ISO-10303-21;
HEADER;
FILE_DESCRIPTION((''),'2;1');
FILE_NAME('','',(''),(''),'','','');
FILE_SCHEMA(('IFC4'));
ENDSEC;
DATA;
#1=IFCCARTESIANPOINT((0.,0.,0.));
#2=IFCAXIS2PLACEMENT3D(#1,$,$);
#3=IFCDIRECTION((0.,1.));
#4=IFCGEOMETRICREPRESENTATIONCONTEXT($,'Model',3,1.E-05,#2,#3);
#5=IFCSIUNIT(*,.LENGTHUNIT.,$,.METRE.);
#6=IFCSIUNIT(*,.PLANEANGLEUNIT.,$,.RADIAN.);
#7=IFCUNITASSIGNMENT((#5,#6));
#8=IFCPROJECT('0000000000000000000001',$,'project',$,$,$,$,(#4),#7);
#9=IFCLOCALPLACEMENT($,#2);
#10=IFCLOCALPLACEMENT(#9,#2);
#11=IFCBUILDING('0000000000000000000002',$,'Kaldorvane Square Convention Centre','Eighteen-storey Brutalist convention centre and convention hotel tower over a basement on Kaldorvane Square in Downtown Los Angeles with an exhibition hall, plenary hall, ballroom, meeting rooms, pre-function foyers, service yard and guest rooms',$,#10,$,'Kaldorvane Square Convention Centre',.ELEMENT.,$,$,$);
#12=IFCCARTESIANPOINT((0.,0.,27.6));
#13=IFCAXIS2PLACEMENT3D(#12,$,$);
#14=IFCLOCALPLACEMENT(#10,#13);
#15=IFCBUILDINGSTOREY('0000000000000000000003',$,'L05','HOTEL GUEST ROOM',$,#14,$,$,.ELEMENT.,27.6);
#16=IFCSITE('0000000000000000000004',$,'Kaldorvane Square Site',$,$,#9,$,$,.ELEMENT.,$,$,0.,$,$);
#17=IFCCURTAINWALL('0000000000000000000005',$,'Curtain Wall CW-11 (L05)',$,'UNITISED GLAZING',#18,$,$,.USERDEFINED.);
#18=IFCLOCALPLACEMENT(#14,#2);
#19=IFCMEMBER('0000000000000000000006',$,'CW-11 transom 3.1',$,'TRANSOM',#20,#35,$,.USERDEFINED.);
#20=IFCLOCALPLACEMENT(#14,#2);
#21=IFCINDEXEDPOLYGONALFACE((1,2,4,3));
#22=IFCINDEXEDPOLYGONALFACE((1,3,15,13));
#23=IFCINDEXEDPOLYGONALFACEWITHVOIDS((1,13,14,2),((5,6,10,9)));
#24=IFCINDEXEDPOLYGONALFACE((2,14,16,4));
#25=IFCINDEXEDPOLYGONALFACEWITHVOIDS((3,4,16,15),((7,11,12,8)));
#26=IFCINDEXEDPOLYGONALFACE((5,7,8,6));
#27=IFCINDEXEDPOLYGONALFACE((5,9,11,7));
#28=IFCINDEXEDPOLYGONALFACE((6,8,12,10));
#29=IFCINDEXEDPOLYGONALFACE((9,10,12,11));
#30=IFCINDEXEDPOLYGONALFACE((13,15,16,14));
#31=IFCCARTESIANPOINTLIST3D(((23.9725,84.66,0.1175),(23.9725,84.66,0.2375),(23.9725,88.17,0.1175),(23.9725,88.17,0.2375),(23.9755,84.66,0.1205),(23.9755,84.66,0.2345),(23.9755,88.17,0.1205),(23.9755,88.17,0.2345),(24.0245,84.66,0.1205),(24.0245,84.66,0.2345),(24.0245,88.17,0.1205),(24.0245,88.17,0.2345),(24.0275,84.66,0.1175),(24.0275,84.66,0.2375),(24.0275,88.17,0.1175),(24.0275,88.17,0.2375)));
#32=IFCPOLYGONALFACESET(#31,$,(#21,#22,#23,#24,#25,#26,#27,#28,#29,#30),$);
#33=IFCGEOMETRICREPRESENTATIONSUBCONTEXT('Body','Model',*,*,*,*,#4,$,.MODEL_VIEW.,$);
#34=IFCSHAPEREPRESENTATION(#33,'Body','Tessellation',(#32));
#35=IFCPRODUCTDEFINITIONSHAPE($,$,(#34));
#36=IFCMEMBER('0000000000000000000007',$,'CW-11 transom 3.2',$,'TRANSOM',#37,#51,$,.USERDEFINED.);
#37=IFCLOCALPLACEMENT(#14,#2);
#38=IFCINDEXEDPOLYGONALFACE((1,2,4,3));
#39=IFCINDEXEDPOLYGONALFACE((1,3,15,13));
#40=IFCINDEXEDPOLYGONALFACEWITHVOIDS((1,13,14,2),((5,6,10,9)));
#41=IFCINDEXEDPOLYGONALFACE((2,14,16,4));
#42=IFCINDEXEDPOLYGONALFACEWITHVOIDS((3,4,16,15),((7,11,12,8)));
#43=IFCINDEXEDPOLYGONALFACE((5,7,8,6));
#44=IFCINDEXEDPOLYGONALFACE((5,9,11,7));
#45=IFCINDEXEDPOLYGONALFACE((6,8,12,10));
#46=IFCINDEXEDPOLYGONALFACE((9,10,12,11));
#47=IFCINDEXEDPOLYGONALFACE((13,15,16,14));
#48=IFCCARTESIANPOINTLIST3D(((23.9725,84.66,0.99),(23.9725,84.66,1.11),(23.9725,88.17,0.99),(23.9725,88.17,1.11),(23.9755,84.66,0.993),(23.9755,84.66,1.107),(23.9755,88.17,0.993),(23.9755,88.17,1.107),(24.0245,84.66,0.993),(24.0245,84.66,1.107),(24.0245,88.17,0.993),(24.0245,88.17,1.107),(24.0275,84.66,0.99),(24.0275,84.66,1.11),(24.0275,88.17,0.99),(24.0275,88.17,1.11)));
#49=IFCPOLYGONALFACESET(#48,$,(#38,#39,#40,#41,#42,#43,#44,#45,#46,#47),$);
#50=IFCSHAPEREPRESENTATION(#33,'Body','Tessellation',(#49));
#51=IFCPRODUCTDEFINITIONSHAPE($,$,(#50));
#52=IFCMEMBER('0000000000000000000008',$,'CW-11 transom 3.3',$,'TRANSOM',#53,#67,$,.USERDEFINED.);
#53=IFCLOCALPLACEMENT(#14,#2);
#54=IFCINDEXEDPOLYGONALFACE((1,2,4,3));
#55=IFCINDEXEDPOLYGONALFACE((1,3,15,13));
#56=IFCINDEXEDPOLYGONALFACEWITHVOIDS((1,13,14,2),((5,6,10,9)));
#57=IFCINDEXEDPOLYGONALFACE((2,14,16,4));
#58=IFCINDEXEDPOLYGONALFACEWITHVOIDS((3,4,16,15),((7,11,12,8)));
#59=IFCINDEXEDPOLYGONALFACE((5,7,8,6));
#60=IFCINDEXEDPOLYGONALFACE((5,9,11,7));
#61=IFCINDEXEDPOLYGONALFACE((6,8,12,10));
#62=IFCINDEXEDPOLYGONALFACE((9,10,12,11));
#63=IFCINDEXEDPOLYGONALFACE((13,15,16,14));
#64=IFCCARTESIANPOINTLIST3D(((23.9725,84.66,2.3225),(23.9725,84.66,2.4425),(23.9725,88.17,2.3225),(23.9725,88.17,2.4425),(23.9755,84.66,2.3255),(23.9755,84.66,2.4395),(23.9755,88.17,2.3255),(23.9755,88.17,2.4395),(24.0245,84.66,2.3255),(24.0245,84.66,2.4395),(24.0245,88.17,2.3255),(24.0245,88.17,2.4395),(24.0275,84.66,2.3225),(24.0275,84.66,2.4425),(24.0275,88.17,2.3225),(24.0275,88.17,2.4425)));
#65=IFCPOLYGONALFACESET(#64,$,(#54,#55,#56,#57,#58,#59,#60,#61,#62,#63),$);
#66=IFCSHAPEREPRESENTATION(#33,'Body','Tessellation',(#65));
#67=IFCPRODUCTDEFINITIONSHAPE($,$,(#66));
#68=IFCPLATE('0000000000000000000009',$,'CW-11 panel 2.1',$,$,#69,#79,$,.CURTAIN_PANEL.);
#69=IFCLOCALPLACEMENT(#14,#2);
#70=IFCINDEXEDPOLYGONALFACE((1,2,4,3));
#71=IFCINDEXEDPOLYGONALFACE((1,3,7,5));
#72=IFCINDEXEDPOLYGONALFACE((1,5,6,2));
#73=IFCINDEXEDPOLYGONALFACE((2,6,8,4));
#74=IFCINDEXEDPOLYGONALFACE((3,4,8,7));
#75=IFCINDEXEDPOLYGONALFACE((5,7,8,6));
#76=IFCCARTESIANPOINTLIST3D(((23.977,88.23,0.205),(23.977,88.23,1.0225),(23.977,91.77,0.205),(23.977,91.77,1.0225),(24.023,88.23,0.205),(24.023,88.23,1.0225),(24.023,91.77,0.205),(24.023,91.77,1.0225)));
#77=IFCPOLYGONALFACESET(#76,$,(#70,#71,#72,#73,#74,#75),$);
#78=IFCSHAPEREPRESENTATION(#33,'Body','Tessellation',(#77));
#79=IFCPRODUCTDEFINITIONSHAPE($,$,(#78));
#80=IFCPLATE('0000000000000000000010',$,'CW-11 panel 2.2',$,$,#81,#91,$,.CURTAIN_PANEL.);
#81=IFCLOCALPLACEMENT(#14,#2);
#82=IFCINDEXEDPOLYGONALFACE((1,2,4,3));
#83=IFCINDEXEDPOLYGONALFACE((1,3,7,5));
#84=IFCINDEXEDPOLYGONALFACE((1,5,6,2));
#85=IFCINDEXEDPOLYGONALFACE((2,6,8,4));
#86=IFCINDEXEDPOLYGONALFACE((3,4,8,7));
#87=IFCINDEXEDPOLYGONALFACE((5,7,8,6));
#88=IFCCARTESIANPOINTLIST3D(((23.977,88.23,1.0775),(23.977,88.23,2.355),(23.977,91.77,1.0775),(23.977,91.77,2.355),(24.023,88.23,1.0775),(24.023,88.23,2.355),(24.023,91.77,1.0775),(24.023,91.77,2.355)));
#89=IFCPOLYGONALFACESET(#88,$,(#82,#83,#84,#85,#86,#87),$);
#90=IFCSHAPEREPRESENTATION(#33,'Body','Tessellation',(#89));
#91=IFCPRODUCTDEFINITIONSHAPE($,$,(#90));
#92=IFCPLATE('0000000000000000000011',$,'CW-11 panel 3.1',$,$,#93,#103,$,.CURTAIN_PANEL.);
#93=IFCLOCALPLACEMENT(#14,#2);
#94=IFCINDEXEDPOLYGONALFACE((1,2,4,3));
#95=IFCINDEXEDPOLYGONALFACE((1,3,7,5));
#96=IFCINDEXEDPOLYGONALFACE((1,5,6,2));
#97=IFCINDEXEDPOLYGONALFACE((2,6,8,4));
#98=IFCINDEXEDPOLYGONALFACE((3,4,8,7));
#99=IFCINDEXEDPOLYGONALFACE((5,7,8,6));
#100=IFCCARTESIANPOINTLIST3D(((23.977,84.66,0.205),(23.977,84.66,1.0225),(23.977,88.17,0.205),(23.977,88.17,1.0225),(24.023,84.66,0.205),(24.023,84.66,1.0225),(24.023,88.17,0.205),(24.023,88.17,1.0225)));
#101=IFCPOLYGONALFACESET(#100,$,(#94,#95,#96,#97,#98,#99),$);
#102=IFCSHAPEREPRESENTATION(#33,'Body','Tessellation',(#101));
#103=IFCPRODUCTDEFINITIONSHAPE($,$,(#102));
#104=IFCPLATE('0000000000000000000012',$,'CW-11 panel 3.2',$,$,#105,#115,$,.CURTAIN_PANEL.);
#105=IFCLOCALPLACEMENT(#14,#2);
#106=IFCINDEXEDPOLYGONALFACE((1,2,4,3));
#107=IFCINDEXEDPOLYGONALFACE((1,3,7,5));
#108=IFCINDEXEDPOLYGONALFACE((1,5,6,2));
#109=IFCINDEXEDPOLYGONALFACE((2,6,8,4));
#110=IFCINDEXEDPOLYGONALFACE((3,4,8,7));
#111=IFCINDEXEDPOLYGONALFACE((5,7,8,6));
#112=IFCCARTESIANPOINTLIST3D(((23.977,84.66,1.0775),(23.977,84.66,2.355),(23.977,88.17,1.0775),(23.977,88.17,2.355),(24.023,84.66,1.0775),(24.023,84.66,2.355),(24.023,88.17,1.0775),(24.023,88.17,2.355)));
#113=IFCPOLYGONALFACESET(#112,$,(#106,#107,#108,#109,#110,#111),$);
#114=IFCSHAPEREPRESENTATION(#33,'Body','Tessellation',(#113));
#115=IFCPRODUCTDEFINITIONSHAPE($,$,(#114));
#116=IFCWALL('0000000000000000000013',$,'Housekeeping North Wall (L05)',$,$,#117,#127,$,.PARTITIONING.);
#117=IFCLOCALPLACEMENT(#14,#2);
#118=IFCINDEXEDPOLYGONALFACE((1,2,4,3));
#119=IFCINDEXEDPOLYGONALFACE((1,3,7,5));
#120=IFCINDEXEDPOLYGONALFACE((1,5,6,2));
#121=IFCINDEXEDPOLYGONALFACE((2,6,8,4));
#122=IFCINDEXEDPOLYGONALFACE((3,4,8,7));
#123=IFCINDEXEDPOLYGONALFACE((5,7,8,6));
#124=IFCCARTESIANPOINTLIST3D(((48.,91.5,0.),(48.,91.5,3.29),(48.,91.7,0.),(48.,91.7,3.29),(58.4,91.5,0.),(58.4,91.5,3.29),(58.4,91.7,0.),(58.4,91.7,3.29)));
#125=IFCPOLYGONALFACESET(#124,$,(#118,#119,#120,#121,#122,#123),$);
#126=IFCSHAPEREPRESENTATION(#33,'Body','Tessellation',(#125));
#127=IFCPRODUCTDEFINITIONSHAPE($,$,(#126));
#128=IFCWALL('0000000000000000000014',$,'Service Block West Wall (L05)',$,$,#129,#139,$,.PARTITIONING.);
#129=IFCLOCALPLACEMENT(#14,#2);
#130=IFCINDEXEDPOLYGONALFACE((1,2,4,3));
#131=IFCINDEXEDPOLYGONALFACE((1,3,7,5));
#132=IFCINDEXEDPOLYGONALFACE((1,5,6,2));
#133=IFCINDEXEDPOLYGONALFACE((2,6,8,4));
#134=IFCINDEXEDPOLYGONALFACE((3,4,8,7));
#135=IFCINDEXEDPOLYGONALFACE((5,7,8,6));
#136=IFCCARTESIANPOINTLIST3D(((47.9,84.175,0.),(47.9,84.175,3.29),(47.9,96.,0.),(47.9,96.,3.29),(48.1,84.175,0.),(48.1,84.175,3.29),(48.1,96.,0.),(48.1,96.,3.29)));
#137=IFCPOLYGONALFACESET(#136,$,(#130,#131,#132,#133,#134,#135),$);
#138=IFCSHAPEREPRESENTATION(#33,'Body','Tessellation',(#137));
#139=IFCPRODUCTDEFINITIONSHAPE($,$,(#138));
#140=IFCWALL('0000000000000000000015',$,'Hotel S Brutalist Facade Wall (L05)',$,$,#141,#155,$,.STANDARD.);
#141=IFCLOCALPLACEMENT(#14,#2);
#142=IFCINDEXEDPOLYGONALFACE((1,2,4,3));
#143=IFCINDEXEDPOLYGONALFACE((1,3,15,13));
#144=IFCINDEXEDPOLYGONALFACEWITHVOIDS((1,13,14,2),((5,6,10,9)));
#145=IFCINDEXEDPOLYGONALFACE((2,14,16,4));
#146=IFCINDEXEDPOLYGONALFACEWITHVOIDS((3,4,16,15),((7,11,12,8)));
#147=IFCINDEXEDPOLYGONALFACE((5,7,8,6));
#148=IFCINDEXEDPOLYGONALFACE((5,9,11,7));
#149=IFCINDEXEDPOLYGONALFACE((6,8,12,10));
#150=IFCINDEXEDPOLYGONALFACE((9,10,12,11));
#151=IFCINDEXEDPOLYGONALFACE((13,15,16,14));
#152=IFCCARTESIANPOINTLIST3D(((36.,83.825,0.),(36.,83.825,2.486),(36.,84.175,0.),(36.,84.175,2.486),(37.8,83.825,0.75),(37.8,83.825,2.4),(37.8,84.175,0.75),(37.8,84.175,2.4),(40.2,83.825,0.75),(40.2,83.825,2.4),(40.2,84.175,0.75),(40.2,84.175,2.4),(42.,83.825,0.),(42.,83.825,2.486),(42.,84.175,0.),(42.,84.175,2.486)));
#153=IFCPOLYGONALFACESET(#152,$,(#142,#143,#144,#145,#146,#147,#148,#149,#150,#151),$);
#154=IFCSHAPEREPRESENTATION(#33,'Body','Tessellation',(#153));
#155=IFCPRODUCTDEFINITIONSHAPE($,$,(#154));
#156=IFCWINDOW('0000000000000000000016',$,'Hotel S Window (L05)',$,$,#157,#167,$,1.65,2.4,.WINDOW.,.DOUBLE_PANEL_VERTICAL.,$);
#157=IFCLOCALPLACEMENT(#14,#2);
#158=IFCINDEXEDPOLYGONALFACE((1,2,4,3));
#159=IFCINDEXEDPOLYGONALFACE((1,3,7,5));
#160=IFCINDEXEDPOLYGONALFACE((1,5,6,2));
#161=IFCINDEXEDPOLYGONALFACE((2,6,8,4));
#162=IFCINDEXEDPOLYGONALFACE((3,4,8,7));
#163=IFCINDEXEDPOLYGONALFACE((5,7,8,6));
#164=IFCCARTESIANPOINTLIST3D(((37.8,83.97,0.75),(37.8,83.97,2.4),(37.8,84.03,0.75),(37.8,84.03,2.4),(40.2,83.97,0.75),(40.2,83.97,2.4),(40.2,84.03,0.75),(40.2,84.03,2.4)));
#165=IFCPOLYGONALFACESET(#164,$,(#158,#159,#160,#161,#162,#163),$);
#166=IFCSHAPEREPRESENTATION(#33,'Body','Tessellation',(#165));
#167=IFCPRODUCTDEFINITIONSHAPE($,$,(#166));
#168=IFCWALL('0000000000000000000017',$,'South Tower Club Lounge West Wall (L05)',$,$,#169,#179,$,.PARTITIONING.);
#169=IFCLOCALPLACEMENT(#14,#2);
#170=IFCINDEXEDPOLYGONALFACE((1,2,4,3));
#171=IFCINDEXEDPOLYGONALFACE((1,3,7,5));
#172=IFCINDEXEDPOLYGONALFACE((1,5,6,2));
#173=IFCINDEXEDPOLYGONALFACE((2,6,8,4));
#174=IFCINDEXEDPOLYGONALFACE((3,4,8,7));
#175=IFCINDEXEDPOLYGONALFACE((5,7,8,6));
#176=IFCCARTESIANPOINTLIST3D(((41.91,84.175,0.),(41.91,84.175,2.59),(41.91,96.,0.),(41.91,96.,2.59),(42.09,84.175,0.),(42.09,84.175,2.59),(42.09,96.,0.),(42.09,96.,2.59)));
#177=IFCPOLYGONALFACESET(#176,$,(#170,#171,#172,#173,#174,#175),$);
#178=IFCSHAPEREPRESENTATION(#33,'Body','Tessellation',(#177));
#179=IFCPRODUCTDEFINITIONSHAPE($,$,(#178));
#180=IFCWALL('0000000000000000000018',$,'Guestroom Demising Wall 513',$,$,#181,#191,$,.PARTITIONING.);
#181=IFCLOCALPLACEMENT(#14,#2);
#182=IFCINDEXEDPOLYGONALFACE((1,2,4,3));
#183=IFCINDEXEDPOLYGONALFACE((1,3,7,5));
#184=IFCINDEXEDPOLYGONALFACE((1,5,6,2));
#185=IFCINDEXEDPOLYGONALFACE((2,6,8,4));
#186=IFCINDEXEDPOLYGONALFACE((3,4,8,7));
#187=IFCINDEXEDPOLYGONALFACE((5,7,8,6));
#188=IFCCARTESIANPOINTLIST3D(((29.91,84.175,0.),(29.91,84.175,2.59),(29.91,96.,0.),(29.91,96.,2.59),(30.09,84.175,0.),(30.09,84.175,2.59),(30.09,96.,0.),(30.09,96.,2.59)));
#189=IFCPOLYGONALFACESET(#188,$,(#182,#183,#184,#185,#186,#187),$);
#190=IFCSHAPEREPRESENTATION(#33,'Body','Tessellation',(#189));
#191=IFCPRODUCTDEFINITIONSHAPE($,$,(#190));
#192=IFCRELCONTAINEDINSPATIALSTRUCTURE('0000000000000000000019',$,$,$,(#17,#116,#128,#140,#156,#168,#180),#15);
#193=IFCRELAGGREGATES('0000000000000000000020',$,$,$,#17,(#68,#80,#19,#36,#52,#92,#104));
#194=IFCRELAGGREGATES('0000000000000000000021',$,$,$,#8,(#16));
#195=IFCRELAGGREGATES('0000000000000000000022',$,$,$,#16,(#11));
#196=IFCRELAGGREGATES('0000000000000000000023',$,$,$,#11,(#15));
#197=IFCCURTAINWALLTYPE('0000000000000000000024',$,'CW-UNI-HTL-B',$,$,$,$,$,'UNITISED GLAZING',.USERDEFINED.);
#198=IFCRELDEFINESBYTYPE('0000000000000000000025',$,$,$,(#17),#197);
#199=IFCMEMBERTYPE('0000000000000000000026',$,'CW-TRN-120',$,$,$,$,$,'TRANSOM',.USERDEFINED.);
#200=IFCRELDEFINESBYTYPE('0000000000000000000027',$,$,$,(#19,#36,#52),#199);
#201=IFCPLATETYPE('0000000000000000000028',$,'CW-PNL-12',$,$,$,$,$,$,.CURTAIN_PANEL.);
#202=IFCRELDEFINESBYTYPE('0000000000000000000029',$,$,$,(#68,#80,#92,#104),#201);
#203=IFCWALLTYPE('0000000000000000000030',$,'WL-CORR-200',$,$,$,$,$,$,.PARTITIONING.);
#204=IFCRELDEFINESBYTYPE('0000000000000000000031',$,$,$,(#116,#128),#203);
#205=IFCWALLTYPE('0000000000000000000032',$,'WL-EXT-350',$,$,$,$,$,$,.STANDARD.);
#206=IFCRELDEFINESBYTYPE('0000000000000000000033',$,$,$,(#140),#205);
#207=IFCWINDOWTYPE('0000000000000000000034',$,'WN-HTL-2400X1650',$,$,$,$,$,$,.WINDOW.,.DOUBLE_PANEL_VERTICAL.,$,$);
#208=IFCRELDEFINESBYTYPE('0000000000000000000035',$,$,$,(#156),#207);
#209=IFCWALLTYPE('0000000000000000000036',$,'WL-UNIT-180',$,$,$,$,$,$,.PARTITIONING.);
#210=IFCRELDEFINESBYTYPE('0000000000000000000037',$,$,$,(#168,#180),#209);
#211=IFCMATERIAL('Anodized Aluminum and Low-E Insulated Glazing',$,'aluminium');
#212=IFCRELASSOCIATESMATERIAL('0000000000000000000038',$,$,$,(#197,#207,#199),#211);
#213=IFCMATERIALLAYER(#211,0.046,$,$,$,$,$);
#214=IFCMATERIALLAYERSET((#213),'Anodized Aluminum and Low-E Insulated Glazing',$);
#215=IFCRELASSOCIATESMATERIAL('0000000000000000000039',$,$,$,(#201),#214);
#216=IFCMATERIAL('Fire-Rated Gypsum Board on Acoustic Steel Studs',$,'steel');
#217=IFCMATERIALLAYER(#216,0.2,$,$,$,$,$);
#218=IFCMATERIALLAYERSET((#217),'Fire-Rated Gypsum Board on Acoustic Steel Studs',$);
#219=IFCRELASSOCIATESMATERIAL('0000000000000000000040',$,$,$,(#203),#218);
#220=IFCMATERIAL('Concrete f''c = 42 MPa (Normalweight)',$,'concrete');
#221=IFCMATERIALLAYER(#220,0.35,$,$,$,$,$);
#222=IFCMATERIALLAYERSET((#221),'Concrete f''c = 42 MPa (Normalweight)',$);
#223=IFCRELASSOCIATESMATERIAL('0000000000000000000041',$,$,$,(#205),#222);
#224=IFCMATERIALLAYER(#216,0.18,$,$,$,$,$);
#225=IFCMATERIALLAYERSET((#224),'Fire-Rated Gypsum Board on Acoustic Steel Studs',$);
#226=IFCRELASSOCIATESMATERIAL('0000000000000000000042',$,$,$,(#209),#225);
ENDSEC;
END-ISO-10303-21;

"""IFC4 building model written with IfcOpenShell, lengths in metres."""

from ifc_helpers import new_model, si_unit, direction, frame, frame_2d, origin, origin_2d, place, context, subcontext, project, spatial, rectangle, hollow_rectangle, extrude, material, layer, layer_set, material_profile, profile_set, type_object, element, fill, aggregate, save


model = new_model("IFC4")

# Units and contexts
model_context = context("Model", 3, precision=1e-05, world=origin(), true_north=direction((0.0, 1.0)))
body_context = subcontext(model_context, "Body", "Model", "MODEL_VIEW")
ifc_project = project(units=[si_unit("LENGTHUNIT", "METRE"), si_unit("PLANEANGLEUNIT", "RADIAN")], contexts=[model_context])

# Site, building, storey
site_placement = place(None, origin())
site = spatial("IfcSite", under=ifc_project, at=site_placement, Name="Kaldorvane Square Site", CompositionType="ELEMENT", RefElevation=0.0)
building_placement = place(site_placement, origin())
building = spatial("IfcBuilding", under=site, at=building_placement, Name="Kaldorvane Square Convention Centre", Description="Eighteen-storey Brutalist convention centre and convention hotel tower over a basement on Kaldorvane Square in Downtown Los Angeles with an exhibition hall, plenary hall, ballroom, meeting rooms, pre-function foyers, service yard and guest rooms", LongName="Kaldorvane Square Convention Centre", CompositionType="ELEMENT")
storey_placement = place(building_placement, frame((0.0, 0.0, 27.6)))
storey = spatial("IfcBuildingStorey", under=building, at=storey_placement, Name="L05", Description="HOTEL GUEST ROOM", CompositionType="ELEMENT", Elevation=27.6)

# Shared definitions
ifc_material_1 = material(Name="Concrete f'c = 42 MPa (Normalweight)", Category="concrete")

# Curtain wall, members, plates
ifc_material_2 = material(Name="Anodized Aluminum and Low-E Insulated Glazing", Category="aluminium")
curtain_wall_type = type_object("IfcCurtainWallType", Name="CW-UNI-HTL-B", ElementType="UNITISED GLAZING", PredefinedType="USERDEFINED", material=ifc_material_2)
curtain_wall_placement = place(storey_placement, origin())
curtain_wall = element("IfcCurtainWall", 1, at=curtain_wall_placement, inside=storey, type_object=curtain_wall_type, Name="Curtain Wall CW-11 (L05)", ObjectType="UNITISED GLAZING", PredefinedType="USERDEFINED")
ifc_material_profile_1 = material_profile(ifc_material_2, hollow_rectangle(XDim=0.055, YDim=0.12, WallThickness=0.003, at=origin_2d()), Name="CWT-120X55")
ifc_profile_set_1 = profile_set([ifc_material_profile_1], Name="Anodized Aluminum and Low-E Insulated Glazing")
member_type_1 = type_object("IfcMemberType", Name="CW-TRN-120", ElementType="TRANSOM", PredefinedType="USERDEFINED", material=ifc_profile_set_1)
member_1_placement = place(storey_placement, frame((24.0, 88.17, 0.1775), z_axis=(0.0, -1.0, 0.0), x_axis=(1.0, 0.0, 0.0)))
member_1 = element("IfcMember", 2, at=member_1_placement, type_object=member_type_1, Name="CW-11 transom 3.1", ObjectType="TRANSOM", PredefinedType="USERDEFINED", context=body_context, shape_type="SweptSolid", body=[
    extrude(hollow_rectangle(XDim=0.055, YDim=0.12, WallThickness=0.003, at=origin_2d()), origin(), (0.0, 0.0, 1.0), 3.51),
])
member_2_placement = place(storey_placement, frame((24.0, 88.17, 1.05), z_axis=(0.0, -1.0, 0.0), x_axis=(1.0, 0.0, 0.0)))
member_2 = element("IfcMember", 3, at=member_2_placement, type_object=member_type_1, Name="CW-11 transom 3.2", ObjectType="TRANSOM", PredefinedType="USERDEFINED", context=body_context, shape_type="SweptSolid", body=[
    extrude(hollow_rectangle(XDim=0.055, YDim=0.12, WallThickness=0.003, at=origin_2d()), origin(), (0.0, 0.0, 1.0), 3.51),
])
member_3_placement = place(storey_placement, frame((24.0, 88.17, 2.3825), z_axis=(0.0, -1.0, 0.0), x_axis=(1.0, 0.0, 0.0)))
member_3 = element("IfcMember", 4, at=member_3_placement, type_object=member_type_1, Name="CW-11 transom 3.3", ObjectType="TRANSOM", PredefinedType="USERDEFINED", context=body_context, shape_type="SweptSolid", body=[
    extrude(hollow_rectangle(XDim=0.055, YDim=0.12, WallThickness=0.003, at=origin_2d()), origin(), (0.0, 0.0, 1.0), 3.51),
])
ifc_layer_1 = layer(ifc_material_2, 0.046)
ifc_layer_set_1 = layer_set([ifc_layer_1], Name="Anodized Aluminum and Low-E Insulated Glazing")
plate_type = type_object("IfcPlateType", Name="CW-PNL-12", PredefinedType="CURTAIN_PANEL", material=ifc_layer_set_1)
plate_1_placement = place(storey_placement, frame((24.0, 90.0, 0.205), z_axis=(0.0, 0.0, 1.0), x_axis=(0.0, -1.0, 0.0)))
plate_1 = element("IfcPlate", 5, at=plate_1_placement, type_object=plate_type, Name="CW-11 panel 2.1", PredefinedType="CURTAIN_PANEL", context=body_context, shape_type="SweptSolid", body=[
    extrude(rectangle(XDim=3.54, YDim=0.046, at=origin_2d()), origin(), (0.0, 0.0, 1.0), 0.8175),
])
plate_2_placement = place(storey_placement, frame((24.0, 90.0, 1.0775), z_axis=(0.0, 0.0, 1.0), x_axis=(0.0, -1.0, 0.0)))
plate_2 = element("IfcPlate", 6, at=plate_2_placement, type_object=plate_type, Name="CW-11 panel 2.2", PredefinedType="CURTAIN_PANEL", context=body_context, shape_type="SweptSolid", body=[
    extrude(rectangle(XDim=3.54, YDim=0.046, at=origin_2d()), origin(), (0.0, 0.0, 1.0), 1.2775),
])
plate_3_placement = place(storey_placement, frame((24.0, 86.415, 0.205), z_axis=(0.0, 0.0, 1.0), x_axis=(0.0, -1.0, 0.0)))
plate_3 = element("IfcPlate", 7, at=plate_3_placement, type_object=plate_type, Name="CW-11 panel 3.1", PredefinedType="CURTAIN_PANEL", context=body_context, shape_type="SweptSolid", body=[
    extrude(rectangle(XDim=3.51, YDim=0.046, at=origin_2d()), origin(), (0.0, 0.0, 1.0), 0.8175),
])
plate_4_placement = place(storey_placement, frame((24.0, 86.415, 1.0775), z_axis=(0.0, 0.0, 1.0), x_axis=(0.0, -1.0, 0.0)))
plate_4 = element("IfcPlate", 8, at=plate_4_placement, type_object=plate_type, Name="CW-11 panel 3.2", PredefinedType="CURTAIN_PANEL", context=body_context, shape_type="SweptSolid", body=[
    extrude(rectangle(XDim=3.51, YDim=0.046, at=origin_2d()), origin(), (0.0, 0.0, 1.0), 1.2775),
])
aggregate(curtain_wall, [plate_1, plate_2, member_1, member_2, member_3, plate_3, plate_4])

# Walls
ifc_material_3 = material(Name="Fire-Rated Gypsum Board on Acoustic Steel Studs", Category="steel")
ifc_layer_2 = layer(ifc_material_3, 0.2)
ifc_layer_set_2 = layer_set([ifc_layer_2], Name="Fire-Rated Gypsum Board on Acoustic Steel Studs")
wall_type_1 = type_object("IfcWallType", Name="WL-CORR-200", PredefinedType="PARTITIONING", material=ifc_layer_set_2)
wall_1_placement = place(storey_placement, frame((48.0, 91.6, 0.0), z_axis=(0.0, 0.0, 1.0), x_axis=(1.0, 0.0, 0.0)))
element("IfcWall", 9, at=wall_1_placement, inside=storey, type_object=wall_type_1, Name="Housekeeping North Wall (L05)", PredefinedType="PARTITIONING", context=body_context, shape_type="SweptSolid", body=[
    extrude(rectangle(XDim=10.4, YDim=0.2, at=frame_2d((5.2, 0.0))), origin(), (0.0, 0.0, 1.0), 3.29),
])
wall_2_placement = place(storey_placement, frame((48.0, 84.175, 0.0), z_axis=(0.0, 0.0, 1.0), x_axis=(0.0, 1.0, 0.0)))
element("IfcWall", 10, at=wall_2_placement, inside=storey, type_object=wall_type_1, Name="Service Block West Wall (L05)", PredefinedType="PARTITIONING", context=body_context, shape_type="SweptSolid", body=[
    extrude(rectangle(XDim=11.825, YDim=0.2, at=frame_2d((5.9125, 0.0))), origin(), (0.0, 0.0, 1.0), 3.29),
])

# Wall, opening, window
ifc_layer_3 = layer(ifc_material_1, 0.35)
ifc_layer_set_3 = layer_set([ifc_layer_3], Name="Concrete f'c = 42 MPa (Normalweight)")
wall_type_2 = type_object("IfcWallType", Name="WL-EXT-350", PredefinedType="STANDARD", material=ifc_layer_set_3)
wall_3_placement = place(storey_placement, frame((36.0, 84.0, 0.0), z_axis=(0.0, 0.0, 1.0), x_axis=(1.0, 0.0, 0.0)))
wall_3 = element("IfcWall", 11, at=wall_3_placement, inside=storey, type_object=wall_type_2, Name="Hotel S Brutalist Facade Wall (L05)", PredefinedType="STANDARD", context=body_context, shape_type="SweptSolid", body=[
    extrude(rectangle(XDim=6.0, YDim=0.35, at=frame_2d((3.0, 0.0))), origin(), (0.0, 0.0, 1.0), 2.486),
])
opening_1_placement = place(wall_3_placement, frame((1.8, 0.0, 0.75)))
opening_1 = element("IfcOpeningElement", 12, at=opening_1_placement, cuts=wall_3, PredefinedType="OPENING", context=body_context, shape_type="SweptSolid", body=[
    extrude(rectangle(XDim=2.4, YDim=1.65, at=frame_2d((1.2, 0.825))), frame((0.0, 0.19, 0.0), z_axis=(0.0, -1.0, 0.0), x_axis=(1.0, 0.0, 0.0)), (0.0, 0.0, 1.0), 0.38),
])
window_type_1 = type_object("IfcWindowType", Name="WN-HTL-2400X1650", PartitioningType="DOUBLE_PANEL_VERTICAL", PredefinedType="WINDOW", material=ifc_material_2)
window_1_placement = place(opening_1_placement, origin())
window_1 = element("IfcWindow", 13, at=window_1_placement, inside=storey, type_object=window_type_1, Name="Hotel S Window (L05)", OverallHeight=1.65, OverallWidth=2.4, PartitioningType="DOUBLE_PANEL_VERTICAL", PredefinedType="WINDOW", context=body_context, shape_type="SweptSolid", body=[
    extrude(rectangle(XDim=2.4, YDim=1.65, at=frame_2d((1.2, 0.825))), frame((0.0, 0.03, 0.0), z_axis=(0.0, -1.0, 0.0), x_axis=(1.0, 0.0, 0.0)), (0.0, 0.0, 1.0), 0.06),
])
fill(opening_1, window_1)

# Walls
ifc_layer_4 = layer(ifc_material_3, 0.18)
ifc_layer_set_4 = layer_set([ifc_layer_4], Name="Fire-Rated Gypsum Board on Acoustic Steel Studs")
wall_type_3 = type_object("IfcWallType", Name="WL-UNIT-180", PredefinedType="PARTITIONING", material=ifc_layer_set_4)
for number, where, z_axis, x_axis, name in (
    (14, (42.0, 84.175, 0.0), (0.0, 0.0, 1.0), (0.0, 1.0, 0.0), "South Tower Club Lounge West Wall (L05)"),
    (15, (30.0, 84.175, 0.0), (0.0, 0.0, 1.0), (0.0, 1.0, 0.0), "Guestroom Demising Wall 513"),
):
    element("IfcWall", number, at=place(storey_placement, frame(where, z_axis=z_axis, x_axis=x_axis)), inside=storey, type_object=wall_type_3, Name=name, PredefinedType="PARTITIONING", context=body_context, shape_type="SweptSolid", body=[
        extrude(rectangle(XDim=11.825, YDim=0.18, at=frame_2d((5.9125, 0.0))), origin(), (0.0, 0.0, 1.0), 2.59),
    ])

save(model, "model.ifc")
